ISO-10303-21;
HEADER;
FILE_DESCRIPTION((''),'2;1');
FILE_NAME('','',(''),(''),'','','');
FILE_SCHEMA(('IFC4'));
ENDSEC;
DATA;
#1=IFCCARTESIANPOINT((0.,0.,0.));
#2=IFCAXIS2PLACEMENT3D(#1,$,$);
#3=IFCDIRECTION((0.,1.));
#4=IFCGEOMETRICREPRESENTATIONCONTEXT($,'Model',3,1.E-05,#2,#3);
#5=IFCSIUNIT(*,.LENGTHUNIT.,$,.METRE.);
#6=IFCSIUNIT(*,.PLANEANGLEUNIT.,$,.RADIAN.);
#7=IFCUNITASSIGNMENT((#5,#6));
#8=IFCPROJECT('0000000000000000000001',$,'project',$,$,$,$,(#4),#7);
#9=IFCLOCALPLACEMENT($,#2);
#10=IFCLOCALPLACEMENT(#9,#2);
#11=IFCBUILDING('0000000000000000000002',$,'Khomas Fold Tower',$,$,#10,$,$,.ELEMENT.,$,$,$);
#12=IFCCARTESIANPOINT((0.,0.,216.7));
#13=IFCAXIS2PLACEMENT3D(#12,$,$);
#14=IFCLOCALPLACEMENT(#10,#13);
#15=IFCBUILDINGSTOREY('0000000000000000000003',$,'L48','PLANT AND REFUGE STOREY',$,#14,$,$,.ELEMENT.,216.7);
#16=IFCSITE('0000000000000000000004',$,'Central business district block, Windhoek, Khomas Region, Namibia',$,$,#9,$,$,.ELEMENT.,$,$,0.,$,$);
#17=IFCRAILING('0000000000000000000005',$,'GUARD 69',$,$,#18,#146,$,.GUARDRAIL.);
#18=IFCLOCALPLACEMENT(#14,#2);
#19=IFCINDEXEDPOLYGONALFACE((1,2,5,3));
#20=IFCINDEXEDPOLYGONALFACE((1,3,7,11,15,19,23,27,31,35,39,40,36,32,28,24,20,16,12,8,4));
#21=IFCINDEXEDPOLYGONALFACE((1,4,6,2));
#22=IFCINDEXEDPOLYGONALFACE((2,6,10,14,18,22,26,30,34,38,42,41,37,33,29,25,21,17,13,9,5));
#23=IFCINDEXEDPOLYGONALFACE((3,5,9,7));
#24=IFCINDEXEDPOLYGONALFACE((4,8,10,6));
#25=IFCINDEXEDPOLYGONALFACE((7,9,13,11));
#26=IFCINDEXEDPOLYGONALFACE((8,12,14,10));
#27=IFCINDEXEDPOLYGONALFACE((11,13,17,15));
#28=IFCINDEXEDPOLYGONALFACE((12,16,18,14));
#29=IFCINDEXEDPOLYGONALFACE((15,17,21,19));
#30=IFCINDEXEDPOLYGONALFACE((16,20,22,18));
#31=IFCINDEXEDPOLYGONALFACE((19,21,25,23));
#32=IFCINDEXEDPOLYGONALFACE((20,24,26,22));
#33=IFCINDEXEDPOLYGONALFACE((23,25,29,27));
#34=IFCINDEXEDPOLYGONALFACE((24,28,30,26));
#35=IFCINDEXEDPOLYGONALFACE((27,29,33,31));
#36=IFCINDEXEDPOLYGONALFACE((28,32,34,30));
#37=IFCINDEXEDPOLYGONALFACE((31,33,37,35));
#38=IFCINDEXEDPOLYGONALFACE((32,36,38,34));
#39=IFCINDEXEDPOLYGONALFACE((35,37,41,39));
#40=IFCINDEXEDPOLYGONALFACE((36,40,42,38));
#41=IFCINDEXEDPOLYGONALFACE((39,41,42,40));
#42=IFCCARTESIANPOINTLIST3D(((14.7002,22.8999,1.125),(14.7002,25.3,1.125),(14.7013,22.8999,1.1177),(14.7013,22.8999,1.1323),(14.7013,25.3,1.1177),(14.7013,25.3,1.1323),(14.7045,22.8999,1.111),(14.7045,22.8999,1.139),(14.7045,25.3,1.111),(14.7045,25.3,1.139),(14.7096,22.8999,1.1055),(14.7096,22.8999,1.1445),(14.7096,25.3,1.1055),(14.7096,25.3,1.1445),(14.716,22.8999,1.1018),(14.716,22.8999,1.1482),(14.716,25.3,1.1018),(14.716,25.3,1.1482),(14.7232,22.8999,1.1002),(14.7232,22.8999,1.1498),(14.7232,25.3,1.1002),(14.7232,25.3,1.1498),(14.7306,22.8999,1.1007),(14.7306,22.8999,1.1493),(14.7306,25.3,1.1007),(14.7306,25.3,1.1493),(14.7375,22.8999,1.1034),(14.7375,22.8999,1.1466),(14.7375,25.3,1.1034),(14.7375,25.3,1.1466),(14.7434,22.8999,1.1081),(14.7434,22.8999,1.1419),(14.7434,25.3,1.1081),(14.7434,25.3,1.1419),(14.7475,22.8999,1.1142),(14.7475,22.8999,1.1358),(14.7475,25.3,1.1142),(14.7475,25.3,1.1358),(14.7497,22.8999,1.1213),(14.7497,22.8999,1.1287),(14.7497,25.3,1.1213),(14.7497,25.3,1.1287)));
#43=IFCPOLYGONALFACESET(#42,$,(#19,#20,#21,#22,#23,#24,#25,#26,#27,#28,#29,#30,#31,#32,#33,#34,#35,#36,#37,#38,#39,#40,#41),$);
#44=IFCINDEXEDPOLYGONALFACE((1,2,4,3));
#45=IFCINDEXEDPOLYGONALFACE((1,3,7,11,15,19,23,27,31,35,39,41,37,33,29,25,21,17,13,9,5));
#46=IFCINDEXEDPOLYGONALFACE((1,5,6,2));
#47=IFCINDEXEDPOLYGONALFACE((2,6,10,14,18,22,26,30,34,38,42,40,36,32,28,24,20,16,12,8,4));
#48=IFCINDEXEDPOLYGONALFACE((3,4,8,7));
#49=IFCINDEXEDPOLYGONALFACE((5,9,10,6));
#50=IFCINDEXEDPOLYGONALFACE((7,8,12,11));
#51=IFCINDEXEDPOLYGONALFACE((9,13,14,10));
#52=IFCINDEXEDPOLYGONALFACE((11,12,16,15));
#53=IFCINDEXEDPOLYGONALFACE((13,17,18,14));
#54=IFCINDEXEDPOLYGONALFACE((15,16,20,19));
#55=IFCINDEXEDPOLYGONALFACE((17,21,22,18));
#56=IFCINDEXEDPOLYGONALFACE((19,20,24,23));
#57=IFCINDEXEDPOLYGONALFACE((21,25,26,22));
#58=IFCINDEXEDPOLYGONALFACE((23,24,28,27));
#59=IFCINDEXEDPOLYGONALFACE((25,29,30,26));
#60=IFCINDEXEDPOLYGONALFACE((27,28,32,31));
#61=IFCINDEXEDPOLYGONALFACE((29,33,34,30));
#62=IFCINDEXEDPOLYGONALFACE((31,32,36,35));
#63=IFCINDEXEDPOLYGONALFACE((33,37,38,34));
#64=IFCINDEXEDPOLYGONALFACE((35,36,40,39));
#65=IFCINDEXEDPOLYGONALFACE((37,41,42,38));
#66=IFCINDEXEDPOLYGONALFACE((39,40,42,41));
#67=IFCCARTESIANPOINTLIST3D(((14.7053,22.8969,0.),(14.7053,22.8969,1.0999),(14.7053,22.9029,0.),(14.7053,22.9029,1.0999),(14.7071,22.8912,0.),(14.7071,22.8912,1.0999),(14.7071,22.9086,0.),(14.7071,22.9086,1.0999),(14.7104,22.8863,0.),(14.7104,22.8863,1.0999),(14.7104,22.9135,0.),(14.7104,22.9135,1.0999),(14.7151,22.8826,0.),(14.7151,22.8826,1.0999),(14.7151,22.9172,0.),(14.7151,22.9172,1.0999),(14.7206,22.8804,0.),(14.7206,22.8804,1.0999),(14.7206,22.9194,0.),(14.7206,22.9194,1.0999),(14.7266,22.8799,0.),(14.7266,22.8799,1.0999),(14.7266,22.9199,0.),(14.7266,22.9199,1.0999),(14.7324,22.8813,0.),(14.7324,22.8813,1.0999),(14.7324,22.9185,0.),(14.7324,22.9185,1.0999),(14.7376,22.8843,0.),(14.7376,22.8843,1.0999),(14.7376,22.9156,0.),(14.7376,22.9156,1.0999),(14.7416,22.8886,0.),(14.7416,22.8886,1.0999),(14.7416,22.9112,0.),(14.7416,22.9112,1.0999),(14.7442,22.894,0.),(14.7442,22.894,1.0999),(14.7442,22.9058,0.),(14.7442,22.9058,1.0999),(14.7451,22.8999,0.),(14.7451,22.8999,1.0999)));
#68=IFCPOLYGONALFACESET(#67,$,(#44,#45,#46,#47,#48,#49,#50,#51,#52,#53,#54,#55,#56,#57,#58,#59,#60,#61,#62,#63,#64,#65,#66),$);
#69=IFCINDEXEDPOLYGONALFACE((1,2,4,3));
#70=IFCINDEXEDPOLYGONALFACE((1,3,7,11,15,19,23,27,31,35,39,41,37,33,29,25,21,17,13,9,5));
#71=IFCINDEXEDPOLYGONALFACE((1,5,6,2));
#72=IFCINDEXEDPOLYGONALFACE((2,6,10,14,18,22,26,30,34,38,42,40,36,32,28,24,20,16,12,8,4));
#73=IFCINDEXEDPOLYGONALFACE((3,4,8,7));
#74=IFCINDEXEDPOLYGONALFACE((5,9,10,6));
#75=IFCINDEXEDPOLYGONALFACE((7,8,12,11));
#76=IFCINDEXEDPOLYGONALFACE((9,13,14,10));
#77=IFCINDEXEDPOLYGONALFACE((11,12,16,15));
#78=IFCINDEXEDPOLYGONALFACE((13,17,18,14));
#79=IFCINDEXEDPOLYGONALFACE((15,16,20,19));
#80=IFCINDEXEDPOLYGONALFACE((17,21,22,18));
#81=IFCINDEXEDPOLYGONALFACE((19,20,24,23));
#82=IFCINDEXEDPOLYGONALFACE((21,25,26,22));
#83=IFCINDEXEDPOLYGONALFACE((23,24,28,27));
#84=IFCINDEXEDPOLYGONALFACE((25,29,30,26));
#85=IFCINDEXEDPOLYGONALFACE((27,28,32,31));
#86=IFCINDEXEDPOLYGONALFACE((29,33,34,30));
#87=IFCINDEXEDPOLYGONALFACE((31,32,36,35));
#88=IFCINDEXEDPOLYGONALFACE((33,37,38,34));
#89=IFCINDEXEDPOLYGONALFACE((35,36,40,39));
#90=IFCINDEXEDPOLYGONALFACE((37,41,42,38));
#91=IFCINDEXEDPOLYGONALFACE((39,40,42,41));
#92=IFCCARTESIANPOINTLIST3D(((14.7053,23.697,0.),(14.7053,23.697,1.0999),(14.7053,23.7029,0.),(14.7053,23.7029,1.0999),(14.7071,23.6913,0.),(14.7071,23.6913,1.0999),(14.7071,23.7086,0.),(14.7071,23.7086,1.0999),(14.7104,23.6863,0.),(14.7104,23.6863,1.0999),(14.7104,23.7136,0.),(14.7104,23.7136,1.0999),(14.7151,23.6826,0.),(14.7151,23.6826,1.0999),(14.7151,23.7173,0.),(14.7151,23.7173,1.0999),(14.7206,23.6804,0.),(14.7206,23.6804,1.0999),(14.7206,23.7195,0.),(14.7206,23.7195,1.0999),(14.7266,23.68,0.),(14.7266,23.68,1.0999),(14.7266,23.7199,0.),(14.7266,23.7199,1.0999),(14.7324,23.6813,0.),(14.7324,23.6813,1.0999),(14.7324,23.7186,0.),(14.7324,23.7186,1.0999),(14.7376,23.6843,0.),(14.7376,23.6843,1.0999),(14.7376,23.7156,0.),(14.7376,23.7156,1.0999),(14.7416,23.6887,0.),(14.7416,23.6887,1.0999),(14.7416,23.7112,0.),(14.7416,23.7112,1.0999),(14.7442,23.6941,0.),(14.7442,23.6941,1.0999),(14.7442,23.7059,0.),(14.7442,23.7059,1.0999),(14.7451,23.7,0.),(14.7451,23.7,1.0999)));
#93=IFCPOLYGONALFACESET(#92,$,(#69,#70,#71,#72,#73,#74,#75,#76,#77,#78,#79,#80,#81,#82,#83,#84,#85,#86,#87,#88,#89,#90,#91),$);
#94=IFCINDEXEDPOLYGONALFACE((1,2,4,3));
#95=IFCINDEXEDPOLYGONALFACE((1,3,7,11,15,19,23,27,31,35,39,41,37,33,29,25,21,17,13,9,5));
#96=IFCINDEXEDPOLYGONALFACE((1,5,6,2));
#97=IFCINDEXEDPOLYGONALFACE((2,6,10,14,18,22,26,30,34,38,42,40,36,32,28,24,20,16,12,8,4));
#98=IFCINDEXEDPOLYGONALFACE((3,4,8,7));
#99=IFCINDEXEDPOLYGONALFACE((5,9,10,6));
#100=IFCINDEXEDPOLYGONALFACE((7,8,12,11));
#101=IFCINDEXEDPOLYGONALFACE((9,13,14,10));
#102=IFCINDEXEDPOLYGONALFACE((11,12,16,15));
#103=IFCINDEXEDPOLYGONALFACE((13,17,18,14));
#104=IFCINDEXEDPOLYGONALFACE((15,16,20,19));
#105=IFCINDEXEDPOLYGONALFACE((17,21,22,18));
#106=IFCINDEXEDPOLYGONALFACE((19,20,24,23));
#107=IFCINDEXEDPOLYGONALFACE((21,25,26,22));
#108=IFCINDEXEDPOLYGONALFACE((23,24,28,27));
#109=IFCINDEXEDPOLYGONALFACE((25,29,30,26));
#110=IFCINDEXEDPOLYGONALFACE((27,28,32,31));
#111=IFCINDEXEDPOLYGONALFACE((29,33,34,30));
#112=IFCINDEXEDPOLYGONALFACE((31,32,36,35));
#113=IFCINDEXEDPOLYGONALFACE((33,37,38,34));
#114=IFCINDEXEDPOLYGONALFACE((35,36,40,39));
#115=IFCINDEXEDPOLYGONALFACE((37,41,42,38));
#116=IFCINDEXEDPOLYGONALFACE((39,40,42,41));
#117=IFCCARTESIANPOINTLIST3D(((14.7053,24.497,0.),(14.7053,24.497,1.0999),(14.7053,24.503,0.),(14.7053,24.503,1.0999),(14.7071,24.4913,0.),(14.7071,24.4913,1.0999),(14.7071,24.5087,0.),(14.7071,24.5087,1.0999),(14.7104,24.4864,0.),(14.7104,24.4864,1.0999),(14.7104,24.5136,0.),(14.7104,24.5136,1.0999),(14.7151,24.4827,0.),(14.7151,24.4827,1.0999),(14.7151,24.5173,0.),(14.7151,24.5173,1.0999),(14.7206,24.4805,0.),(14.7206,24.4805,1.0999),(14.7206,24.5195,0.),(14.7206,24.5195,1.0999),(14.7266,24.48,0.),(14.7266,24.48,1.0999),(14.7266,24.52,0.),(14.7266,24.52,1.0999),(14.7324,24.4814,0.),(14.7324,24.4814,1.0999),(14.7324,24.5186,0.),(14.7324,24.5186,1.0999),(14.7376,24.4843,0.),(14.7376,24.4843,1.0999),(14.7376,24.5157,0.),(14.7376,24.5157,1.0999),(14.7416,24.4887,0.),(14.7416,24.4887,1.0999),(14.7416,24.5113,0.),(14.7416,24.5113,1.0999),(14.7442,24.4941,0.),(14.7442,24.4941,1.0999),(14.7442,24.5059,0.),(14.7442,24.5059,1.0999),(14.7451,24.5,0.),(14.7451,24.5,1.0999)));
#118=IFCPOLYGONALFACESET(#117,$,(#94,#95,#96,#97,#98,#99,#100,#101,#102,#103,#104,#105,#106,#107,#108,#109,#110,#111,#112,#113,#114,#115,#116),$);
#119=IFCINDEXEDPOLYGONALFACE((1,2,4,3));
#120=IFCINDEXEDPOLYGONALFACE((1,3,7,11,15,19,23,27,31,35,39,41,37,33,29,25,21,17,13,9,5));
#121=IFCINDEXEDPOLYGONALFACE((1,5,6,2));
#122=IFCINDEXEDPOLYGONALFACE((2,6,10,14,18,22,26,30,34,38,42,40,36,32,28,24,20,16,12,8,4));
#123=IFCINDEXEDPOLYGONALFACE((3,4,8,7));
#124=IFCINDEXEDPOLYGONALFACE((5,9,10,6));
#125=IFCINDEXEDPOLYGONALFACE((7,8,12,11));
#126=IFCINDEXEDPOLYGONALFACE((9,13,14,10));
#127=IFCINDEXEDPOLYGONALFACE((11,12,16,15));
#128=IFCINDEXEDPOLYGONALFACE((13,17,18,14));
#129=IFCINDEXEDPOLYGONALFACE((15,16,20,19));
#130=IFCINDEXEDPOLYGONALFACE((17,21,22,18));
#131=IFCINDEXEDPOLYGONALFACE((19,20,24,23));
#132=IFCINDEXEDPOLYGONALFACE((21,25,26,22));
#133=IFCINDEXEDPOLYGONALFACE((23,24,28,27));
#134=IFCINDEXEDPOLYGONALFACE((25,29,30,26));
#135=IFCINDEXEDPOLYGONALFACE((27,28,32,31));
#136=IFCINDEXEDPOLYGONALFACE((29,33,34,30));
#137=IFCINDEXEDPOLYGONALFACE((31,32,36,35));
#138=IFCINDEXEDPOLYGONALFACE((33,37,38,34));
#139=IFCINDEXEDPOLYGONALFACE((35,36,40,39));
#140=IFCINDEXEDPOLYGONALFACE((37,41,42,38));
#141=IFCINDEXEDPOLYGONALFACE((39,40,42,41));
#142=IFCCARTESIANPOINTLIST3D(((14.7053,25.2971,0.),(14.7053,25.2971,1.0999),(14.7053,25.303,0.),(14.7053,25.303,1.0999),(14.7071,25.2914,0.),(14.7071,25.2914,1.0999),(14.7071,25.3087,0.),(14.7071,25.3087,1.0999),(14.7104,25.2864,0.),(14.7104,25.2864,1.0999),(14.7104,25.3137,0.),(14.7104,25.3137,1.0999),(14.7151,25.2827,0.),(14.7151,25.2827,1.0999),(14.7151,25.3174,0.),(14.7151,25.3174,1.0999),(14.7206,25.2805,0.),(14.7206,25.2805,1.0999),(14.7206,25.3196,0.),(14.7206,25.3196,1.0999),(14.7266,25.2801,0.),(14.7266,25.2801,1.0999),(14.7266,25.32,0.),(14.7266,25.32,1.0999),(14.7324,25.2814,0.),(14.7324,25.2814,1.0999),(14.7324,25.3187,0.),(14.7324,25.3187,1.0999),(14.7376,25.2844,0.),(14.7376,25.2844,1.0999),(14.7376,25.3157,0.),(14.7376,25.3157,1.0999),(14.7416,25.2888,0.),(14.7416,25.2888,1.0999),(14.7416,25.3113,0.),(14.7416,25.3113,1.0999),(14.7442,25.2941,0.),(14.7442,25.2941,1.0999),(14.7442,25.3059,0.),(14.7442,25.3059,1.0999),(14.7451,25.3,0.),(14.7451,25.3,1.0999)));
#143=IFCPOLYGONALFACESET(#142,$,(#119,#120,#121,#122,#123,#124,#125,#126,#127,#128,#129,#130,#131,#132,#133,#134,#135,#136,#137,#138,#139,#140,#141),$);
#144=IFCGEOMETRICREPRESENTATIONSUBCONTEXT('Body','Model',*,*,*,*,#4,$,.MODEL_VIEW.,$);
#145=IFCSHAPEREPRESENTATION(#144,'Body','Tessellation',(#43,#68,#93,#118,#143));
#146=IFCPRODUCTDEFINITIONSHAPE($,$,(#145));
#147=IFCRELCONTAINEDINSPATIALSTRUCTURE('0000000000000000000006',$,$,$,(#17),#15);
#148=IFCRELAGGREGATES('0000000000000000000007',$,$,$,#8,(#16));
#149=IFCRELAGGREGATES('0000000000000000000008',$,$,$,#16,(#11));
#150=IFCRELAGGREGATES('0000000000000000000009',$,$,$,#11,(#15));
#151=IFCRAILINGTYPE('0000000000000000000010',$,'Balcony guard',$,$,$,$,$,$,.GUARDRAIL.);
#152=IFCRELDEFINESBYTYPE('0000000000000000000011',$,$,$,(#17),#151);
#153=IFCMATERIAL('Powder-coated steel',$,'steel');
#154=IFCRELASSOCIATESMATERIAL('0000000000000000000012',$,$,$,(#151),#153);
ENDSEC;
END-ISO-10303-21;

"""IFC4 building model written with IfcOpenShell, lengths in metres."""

from ifc_helpers import new_model, si_unit, direction, frame, origin, origin_2d, place, context, subcontext, project, spatial, circle, extrude, source, transform, mapped, material, type_object, element, save


model = new_model("IFC4")

# Units and contexts
model_context = context("Model", 3, precision=1e-05, world=origin(), true_north=direction((0.0, 1.0)))
body_context = subcontext(model_context, "Body", "Model", "MODEL_VIEW")
ifc_project = project(units=[si_unit("LENGTHUNIT", "METRE"), si_unit("PLANEANGLEUNIT", "RADIAN")], contexts=[model_context])

# Site, building, storey
site_placement = place(None, origin())
site = spatial("IfcSite", under=ifc_project, at=site_placement, Name="Central business district block, Windhoek, Khomas Region, Namibia", CompositionType="ELEMENT", RefElevation=0.0)
building_placement = place(site_placement, origin())
building = spatial("IfcBuilding", under=site, at=building_placement, Name="Khomas Fold Tower", CompositionType="ELEMENT")
storey_placement = place(building_placement, frame((0.0, 0.0, 216.7)))
storey = spatial("IfcBuildingStorey", under=building, at=storey_placement, Name="L48", Description="PLANT AND REFUGE STOREY", CompositionType="ELEMENT", Elevation=216.7)

# Railing
ifc_material_1 = material(Name="Powder-coated steel", Category="steel")
railing_type = type_object("IfcRailingType", Name="Balcony guard", PredefinedType="GUARDRAIL", material=ifc_material_1)
shared_shape_1 = source(origin(), body_context, "Body", "SweptSolid", [
    extrude(circle(Radius=0.0249, at=origin_2d()), frame((0.0, 0.0, 1.125), z_axis=(0.0, 1.0, 0.0), x_axis=(-1.0, 0.0, 0.0)), (0.0, 0.0, 1.0), 2.4001),
    extrude(circle(Radius=0.02, at=origin_2d()), origin(), (0.0, 0.0, 1.0), 1.0999),
    extrude(circle(Radius=0.02, at=origin_2d()), frame((0.0, 0.8, 0.0)), (0.0, 0.0, 1.0), 1.0999),
    extrude(circle(Radius=0.02, at=origin_2d()), frame((0.0, 1.6001, 0.0)), (0.0, 0.0, 1.0), 1.0999),
    extrude(circle(Radius=0.02, at=origin_2d()), frame((0.0, 2.4001, 0.0)), (0.0, 0.0, 1.0), 1.0999),
])
for number, where, name in (
    (1, (14.7251, 22.8999, 0.0), "GUARD 69"),
):
    element("IfcRailing", number, at=place(storey_placement, frame(where)), inside=storey, type_object=railing_type, Name=name, PredefinedType="GUARDRAIL", context=body_context, shape_type="MappedRepresentation", body=[
        mapped(shared_shape_1, transform((0.0, 0.0, 0.0))),
    ])

save(model, "model.ifc")
